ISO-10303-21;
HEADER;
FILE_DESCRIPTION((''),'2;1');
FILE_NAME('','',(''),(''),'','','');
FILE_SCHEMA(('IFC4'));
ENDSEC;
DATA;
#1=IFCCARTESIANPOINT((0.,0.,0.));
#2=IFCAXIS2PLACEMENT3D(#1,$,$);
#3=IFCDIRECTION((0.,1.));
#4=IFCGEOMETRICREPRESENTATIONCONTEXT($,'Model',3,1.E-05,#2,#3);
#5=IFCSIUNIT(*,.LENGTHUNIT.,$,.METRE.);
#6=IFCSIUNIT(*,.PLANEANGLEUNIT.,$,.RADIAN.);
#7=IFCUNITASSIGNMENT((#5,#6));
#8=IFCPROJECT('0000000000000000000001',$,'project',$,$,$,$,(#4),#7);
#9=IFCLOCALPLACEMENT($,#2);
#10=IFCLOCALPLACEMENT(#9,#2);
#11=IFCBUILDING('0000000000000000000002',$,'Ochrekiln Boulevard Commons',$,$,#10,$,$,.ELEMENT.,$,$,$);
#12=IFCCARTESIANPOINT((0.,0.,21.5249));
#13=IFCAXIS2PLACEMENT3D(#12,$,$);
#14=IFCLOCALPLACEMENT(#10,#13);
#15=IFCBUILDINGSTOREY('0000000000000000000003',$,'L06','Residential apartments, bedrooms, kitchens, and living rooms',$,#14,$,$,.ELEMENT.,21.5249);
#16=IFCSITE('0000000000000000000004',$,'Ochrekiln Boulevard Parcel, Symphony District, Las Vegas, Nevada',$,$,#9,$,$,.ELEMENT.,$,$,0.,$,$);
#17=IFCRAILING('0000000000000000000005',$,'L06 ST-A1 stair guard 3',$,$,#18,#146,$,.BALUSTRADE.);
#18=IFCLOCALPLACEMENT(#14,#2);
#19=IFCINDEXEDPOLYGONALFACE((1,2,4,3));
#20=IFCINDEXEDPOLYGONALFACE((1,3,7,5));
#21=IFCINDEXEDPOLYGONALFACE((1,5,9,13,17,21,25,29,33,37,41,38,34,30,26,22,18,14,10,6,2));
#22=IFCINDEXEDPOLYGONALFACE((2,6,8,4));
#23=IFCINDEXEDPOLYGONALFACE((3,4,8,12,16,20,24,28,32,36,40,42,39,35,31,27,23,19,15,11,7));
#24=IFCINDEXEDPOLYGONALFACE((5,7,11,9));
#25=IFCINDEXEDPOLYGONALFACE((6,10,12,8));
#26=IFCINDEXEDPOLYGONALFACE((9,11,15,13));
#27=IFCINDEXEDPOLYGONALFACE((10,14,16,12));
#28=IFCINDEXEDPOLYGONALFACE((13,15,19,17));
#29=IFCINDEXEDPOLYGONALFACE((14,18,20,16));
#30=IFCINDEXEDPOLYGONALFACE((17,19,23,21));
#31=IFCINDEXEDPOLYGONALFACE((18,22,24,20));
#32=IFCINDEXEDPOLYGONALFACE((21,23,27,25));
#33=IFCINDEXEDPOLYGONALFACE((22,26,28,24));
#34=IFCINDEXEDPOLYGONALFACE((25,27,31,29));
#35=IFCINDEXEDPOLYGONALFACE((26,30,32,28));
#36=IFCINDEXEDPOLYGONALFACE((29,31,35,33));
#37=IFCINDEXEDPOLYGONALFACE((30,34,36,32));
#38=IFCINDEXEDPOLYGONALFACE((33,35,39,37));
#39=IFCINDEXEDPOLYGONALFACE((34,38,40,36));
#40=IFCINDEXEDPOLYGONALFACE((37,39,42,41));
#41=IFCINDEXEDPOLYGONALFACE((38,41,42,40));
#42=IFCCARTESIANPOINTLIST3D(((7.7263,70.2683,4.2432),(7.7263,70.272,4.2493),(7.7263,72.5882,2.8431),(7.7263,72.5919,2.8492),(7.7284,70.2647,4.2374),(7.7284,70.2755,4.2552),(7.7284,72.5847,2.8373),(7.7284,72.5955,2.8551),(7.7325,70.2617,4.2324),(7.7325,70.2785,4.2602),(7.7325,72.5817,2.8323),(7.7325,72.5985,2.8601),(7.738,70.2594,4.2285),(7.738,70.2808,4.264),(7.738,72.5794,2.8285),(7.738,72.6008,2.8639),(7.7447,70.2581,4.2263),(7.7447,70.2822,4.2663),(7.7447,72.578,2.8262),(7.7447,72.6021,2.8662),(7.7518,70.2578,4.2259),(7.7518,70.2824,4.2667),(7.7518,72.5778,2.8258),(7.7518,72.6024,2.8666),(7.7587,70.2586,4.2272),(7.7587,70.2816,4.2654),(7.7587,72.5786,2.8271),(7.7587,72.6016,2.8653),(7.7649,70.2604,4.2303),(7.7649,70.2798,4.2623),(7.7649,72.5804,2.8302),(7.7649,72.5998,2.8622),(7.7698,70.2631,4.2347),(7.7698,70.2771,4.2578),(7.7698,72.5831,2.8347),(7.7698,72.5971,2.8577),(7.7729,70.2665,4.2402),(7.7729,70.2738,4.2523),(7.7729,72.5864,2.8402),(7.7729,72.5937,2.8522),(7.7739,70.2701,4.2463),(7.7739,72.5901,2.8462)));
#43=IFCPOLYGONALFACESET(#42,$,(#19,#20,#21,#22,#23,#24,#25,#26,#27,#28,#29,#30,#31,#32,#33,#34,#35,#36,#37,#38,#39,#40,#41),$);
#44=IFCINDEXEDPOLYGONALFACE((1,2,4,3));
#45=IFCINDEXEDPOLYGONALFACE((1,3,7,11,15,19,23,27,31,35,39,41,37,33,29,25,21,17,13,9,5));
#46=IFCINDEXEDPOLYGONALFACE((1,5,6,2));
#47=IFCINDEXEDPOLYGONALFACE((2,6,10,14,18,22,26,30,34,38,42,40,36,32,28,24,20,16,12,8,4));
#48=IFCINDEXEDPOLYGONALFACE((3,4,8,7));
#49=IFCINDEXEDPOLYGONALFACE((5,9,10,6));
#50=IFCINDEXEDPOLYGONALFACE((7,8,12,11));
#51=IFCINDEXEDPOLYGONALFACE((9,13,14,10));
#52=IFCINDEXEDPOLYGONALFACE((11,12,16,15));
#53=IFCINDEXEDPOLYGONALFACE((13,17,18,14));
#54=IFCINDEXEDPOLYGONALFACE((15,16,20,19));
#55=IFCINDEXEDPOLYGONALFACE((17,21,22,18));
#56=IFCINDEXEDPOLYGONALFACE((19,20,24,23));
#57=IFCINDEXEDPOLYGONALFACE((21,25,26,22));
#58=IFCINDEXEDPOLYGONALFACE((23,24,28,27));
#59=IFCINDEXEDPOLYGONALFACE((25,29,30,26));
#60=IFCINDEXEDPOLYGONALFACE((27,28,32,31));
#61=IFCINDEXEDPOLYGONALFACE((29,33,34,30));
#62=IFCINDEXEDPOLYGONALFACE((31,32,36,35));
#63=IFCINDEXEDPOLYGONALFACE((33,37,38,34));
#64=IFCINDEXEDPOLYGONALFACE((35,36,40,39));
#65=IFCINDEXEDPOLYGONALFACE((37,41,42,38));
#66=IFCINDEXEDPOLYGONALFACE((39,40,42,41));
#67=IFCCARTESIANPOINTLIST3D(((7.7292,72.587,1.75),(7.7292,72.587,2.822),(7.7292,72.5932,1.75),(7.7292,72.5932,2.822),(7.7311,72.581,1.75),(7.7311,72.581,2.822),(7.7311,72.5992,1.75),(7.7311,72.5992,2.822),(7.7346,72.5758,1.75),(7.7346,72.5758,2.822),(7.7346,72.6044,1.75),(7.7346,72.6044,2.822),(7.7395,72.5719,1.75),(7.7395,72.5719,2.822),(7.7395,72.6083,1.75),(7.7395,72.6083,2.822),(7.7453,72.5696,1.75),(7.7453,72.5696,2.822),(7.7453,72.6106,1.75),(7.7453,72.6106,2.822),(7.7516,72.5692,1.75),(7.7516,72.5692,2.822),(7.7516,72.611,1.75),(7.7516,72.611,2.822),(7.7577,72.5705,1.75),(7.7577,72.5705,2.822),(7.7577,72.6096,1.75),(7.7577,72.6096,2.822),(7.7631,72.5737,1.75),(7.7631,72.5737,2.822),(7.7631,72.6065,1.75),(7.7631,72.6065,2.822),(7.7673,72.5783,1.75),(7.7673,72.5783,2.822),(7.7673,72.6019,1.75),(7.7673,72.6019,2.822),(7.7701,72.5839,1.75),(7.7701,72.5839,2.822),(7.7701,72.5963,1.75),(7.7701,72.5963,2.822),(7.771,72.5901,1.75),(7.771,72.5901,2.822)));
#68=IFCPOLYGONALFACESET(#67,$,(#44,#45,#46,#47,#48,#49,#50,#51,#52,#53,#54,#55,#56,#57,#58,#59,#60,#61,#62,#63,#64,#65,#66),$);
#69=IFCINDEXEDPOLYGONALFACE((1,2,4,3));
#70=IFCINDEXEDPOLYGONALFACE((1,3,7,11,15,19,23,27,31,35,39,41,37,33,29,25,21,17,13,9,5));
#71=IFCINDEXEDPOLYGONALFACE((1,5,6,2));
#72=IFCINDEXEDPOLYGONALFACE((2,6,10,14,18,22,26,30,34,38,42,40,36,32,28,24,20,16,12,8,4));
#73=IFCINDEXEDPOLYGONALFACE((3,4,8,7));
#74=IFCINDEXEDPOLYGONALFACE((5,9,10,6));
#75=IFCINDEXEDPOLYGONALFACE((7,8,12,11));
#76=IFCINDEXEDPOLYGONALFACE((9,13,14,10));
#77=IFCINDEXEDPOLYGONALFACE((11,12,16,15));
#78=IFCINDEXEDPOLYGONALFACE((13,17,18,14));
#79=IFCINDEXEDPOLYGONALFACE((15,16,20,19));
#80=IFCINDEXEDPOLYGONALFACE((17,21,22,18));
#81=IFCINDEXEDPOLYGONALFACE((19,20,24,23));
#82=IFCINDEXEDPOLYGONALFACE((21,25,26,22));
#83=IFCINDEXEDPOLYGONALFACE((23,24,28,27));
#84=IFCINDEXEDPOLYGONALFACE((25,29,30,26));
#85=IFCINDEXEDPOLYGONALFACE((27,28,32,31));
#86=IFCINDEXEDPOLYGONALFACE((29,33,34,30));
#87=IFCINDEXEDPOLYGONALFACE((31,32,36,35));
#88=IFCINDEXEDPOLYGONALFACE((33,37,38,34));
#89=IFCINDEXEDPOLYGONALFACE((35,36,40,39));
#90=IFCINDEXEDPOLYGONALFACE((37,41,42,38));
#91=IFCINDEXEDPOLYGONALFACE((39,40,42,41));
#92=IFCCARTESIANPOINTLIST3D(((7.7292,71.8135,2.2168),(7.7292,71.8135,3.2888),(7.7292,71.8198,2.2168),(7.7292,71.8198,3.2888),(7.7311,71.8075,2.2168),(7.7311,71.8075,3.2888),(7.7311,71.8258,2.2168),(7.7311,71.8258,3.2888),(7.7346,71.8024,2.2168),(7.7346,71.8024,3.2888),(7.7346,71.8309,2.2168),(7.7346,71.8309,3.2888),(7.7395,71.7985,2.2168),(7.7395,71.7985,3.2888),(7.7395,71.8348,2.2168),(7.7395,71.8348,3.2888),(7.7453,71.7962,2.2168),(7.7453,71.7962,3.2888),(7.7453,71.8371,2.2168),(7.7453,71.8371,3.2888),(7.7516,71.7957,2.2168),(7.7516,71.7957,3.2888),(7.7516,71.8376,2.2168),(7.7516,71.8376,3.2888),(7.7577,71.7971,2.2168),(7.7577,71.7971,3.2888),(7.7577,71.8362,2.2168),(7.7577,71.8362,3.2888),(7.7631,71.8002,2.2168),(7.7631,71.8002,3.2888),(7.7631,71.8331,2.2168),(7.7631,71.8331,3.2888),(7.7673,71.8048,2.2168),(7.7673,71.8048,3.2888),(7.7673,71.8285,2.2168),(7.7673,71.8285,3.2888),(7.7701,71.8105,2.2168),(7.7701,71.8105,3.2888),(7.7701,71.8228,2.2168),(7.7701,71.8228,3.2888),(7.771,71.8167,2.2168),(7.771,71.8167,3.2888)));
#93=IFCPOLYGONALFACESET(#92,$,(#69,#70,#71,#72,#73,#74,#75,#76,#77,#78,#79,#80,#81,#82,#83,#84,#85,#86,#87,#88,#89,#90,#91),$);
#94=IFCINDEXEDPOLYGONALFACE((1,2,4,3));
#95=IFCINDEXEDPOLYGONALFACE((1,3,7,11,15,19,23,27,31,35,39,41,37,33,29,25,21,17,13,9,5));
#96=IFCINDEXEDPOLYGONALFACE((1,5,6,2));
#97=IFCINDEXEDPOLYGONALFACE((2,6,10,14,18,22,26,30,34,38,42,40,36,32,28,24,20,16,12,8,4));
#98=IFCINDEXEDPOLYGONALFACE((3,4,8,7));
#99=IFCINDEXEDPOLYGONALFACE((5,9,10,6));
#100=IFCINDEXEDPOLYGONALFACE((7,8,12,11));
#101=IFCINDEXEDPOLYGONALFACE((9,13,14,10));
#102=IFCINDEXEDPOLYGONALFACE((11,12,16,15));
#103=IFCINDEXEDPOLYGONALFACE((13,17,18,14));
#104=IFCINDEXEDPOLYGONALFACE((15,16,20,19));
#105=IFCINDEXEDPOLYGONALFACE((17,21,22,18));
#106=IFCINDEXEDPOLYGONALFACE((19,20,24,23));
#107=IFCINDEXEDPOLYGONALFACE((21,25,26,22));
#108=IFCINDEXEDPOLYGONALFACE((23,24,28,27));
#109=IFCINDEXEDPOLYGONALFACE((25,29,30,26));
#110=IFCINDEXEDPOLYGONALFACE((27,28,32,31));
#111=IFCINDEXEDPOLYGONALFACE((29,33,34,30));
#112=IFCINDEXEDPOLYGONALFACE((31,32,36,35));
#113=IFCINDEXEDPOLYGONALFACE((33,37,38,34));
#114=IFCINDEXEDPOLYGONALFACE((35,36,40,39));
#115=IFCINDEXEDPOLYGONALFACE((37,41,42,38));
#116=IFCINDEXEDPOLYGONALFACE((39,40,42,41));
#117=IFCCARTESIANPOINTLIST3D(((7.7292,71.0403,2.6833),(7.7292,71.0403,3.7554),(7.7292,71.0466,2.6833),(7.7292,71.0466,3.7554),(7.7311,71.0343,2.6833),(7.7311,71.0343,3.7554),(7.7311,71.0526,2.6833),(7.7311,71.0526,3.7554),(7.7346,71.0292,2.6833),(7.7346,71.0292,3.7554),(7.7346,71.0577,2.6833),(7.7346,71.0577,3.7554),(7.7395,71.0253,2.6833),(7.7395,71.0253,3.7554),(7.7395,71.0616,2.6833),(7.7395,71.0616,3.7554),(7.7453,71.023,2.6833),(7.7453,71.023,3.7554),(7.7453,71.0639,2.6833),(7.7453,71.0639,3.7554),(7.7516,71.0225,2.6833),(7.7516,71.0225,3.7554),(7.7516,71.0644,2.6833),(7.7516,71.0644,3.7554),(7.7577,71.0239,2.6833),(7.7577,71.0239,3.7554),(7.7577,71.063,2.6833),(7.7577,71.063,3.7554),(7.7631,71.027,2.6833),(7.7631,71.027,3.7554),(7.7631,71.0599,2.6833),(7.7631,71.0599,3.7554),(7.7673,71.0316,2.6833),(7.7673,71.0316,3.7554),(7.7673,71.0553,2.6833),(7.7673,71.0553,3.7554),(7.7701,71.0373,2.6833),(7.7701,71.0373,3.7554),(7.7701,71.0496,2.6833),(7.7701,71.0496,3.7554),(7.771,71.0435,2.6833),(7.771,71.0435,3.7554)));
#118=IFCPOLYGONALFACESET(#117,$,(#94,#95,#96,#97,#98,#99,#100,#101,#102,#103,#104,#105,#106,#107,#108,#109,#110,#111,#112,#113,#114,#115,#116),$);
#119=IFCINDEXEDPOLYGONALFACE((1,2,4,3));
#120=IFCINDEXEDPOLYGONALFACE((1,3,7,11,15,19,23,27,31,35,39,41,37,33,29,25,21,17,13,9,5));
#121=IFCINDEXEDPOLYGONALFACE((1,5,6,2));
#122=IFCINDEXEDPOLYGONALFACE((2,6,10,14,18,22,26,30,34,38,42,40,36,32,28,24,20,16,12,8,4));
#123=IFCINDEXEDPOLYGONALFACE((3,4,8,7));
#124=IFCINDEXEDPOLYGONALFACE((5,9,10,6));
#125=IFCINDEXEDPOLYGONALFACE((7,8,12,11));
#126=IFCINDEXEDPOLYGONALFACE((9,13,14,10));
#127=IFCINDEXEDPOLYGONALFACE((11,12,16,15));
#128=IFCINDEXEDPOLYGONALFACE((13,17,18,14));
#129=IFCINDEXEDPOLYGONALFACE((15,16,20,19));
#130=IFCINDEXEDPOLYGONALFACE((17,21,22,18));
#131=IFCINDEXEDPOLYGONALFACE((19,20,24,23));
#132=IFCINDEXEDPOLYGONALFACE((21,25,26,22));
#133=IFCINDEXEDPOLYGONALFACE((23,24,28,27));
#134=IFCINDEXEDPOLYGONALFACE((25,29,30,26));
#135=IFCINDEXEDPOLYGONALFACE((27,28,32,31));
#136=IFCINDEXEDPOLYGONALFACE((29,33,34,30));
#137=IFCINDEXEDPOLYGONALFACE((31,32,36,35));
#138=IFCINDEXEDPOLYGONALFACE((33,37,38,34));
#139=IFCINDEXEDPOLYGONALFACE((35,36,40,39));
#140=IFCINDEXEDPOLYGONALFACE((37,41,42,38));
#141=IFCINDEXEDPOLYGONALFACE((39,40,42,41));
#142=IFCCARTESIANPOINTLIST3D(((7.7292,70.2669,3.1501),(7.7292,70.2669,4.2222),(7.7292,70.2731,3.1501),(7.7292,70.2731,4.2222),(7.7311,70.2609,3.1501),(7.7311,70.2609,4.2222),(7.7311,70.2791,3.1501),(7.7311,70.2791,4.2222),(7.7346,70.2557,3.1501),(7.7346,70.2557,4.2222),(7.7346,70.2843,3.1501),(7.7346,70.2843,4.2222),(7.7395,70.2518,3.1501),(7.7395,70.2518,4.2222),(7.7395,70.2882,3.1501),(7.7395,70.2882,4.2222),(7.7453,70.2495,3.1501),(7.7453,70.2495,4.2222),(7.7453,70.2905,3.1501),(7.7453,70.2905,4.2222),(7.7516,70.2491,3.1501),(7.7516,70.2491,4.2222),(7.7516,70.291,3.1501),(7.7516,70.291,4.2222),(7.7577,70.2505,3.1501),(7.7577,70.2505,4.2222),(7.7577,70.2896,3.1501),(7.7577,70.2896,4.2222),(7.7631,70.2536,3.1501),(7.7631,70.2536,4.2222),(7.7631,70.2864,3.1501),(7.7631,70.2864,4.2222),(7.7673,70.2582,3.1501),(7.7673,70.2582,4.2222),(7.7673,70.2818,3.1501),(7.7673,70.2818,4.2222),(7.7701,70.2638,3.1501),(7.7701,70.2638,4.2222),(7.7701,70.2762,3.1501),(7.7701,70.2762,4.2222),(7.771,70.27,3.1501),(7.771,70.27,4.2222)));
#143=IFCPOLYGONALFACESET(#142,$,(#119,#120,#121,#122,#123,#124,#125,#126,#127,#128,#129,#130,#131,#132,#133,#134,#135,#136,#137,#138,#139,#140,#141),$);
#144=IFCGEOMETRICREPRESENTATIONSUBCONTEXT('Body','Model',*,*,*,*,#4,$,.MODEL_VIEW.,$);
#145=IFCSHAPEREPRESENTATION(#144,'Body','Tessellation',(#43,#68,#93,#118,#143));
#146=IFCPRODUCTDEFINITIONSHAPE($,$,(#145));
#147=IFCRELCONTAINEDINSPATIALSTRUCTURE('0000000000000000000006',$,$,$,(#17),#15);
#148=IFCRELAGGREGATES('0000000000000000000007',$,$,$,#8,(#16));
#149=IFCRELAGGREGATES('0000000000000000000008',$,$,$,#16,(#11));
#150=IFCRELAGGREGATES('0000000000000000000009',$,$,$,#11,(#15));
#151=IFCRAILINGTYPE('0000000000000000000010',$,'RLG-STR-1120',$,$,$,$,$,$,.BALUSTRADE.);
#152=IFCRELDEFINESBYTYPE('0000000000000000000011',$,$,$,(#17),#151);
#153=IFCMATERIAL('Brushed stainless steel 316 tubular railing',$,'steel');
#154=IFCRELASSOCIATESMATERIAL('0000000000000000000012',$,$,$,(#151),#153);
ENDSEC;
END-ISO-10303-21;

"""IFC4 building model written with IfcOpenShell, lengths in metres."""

from ifc_helpers import new_model, si_unit, direction, frame, origin, origin_2d, place, context, subcontext, project, spatial, circle, extrude, material, type_object, element, save


model = new_model("IFC4")

# Units and contexts
model_context = context("Model", 3, precision=1e-05, world=origin(), true_north=direction((0.0, 1.0)))
body_context = subcontext(model_context, "Body", "Model", "MODEL_VIEW")
ifc_project = project(units=[si_unit("LENGTHUNIT", "METRE"), si_unit("PLANEANGLEUNIT", "RADIAN")], contexts=[model_context])

# Site, building, storey
site_placement = place(None, origin())
site = spatial("IfcSite", under=ifc_project, at=site_placement, Name="Ochrekiln Boulevard Parcel, Symphony District, Las Vegas, Nevada", CompositionType="ELEMENT", RefElevation=0.0)
building_placement = place(site_placement, origin())
building = spatial("IfcBuilding", under=site, at=building_placement, Name="Ochrekiln Boulevard Commons", CompositionType="ELEMENT")
storey_placement = place(building_placement, frame((0.0, 0.0, 21.5249)))
storey = spatial("IfcBuildingStorey", under=building, at=storey_placement, Name="L06", Description="Residential apartments, bedrooms, kitchens, and living rooms", CompositionType="ELEMENT", Elevation=21.5249)

# Railing
ifc_material_1 = material(Name="Brushed stainless steel 316 tubular railing", Category="steel")
railing_type_1 = type_object("IfcRailingType", Name="RLG-STR-1120", PredefinedType="BALUSTRADE", material=ifc_material_1)
railing_1_placement = place(storey_placement, frame((7.75, 72.5901, 1.75)))
element("IfcRailing", 1, at=railing_1_placement, inside=storey, type_object=railing_type_1, Name="L06 ST-A1 stair guard 3", PredefinedType="BALUSTRADE", context=body_context, shape_type="SweptSolid", body=[
    extrude(circle(Radius=0.0239, at=origin_2d()), frame((0.0, 0.0, 1.0962), z_axis=(0.0, -0.85617, 0.516693), x_axis=(1.0, 0.0, 0.0)), (0.0, 0.0, 1.0), 2.7097),
    extrude(circle(Radius=0.021, at=origin_2d()), origin(), (0.0, 0.0, 1.0), 1.072),
    extrude(circle(Radius=0.021, at=origin_2d()), frame((0.0, -0.7734, 0.4668)), (0.0, 0.0, 1.0), 1.072),
    extrude(circle(Radius=0.021, at=origin_2d()), frame((0.0, -1.5466, 0.9333)), (0.0, 0.0, 1.0), 1.072),
    extrude(circle(Radius=0.021, at=origin_2d()), frame((0.0, -2.3201, 1.4001)), (0.0, 0.0, 1.0), 1.072),
])

save(model, "model.ifc")
